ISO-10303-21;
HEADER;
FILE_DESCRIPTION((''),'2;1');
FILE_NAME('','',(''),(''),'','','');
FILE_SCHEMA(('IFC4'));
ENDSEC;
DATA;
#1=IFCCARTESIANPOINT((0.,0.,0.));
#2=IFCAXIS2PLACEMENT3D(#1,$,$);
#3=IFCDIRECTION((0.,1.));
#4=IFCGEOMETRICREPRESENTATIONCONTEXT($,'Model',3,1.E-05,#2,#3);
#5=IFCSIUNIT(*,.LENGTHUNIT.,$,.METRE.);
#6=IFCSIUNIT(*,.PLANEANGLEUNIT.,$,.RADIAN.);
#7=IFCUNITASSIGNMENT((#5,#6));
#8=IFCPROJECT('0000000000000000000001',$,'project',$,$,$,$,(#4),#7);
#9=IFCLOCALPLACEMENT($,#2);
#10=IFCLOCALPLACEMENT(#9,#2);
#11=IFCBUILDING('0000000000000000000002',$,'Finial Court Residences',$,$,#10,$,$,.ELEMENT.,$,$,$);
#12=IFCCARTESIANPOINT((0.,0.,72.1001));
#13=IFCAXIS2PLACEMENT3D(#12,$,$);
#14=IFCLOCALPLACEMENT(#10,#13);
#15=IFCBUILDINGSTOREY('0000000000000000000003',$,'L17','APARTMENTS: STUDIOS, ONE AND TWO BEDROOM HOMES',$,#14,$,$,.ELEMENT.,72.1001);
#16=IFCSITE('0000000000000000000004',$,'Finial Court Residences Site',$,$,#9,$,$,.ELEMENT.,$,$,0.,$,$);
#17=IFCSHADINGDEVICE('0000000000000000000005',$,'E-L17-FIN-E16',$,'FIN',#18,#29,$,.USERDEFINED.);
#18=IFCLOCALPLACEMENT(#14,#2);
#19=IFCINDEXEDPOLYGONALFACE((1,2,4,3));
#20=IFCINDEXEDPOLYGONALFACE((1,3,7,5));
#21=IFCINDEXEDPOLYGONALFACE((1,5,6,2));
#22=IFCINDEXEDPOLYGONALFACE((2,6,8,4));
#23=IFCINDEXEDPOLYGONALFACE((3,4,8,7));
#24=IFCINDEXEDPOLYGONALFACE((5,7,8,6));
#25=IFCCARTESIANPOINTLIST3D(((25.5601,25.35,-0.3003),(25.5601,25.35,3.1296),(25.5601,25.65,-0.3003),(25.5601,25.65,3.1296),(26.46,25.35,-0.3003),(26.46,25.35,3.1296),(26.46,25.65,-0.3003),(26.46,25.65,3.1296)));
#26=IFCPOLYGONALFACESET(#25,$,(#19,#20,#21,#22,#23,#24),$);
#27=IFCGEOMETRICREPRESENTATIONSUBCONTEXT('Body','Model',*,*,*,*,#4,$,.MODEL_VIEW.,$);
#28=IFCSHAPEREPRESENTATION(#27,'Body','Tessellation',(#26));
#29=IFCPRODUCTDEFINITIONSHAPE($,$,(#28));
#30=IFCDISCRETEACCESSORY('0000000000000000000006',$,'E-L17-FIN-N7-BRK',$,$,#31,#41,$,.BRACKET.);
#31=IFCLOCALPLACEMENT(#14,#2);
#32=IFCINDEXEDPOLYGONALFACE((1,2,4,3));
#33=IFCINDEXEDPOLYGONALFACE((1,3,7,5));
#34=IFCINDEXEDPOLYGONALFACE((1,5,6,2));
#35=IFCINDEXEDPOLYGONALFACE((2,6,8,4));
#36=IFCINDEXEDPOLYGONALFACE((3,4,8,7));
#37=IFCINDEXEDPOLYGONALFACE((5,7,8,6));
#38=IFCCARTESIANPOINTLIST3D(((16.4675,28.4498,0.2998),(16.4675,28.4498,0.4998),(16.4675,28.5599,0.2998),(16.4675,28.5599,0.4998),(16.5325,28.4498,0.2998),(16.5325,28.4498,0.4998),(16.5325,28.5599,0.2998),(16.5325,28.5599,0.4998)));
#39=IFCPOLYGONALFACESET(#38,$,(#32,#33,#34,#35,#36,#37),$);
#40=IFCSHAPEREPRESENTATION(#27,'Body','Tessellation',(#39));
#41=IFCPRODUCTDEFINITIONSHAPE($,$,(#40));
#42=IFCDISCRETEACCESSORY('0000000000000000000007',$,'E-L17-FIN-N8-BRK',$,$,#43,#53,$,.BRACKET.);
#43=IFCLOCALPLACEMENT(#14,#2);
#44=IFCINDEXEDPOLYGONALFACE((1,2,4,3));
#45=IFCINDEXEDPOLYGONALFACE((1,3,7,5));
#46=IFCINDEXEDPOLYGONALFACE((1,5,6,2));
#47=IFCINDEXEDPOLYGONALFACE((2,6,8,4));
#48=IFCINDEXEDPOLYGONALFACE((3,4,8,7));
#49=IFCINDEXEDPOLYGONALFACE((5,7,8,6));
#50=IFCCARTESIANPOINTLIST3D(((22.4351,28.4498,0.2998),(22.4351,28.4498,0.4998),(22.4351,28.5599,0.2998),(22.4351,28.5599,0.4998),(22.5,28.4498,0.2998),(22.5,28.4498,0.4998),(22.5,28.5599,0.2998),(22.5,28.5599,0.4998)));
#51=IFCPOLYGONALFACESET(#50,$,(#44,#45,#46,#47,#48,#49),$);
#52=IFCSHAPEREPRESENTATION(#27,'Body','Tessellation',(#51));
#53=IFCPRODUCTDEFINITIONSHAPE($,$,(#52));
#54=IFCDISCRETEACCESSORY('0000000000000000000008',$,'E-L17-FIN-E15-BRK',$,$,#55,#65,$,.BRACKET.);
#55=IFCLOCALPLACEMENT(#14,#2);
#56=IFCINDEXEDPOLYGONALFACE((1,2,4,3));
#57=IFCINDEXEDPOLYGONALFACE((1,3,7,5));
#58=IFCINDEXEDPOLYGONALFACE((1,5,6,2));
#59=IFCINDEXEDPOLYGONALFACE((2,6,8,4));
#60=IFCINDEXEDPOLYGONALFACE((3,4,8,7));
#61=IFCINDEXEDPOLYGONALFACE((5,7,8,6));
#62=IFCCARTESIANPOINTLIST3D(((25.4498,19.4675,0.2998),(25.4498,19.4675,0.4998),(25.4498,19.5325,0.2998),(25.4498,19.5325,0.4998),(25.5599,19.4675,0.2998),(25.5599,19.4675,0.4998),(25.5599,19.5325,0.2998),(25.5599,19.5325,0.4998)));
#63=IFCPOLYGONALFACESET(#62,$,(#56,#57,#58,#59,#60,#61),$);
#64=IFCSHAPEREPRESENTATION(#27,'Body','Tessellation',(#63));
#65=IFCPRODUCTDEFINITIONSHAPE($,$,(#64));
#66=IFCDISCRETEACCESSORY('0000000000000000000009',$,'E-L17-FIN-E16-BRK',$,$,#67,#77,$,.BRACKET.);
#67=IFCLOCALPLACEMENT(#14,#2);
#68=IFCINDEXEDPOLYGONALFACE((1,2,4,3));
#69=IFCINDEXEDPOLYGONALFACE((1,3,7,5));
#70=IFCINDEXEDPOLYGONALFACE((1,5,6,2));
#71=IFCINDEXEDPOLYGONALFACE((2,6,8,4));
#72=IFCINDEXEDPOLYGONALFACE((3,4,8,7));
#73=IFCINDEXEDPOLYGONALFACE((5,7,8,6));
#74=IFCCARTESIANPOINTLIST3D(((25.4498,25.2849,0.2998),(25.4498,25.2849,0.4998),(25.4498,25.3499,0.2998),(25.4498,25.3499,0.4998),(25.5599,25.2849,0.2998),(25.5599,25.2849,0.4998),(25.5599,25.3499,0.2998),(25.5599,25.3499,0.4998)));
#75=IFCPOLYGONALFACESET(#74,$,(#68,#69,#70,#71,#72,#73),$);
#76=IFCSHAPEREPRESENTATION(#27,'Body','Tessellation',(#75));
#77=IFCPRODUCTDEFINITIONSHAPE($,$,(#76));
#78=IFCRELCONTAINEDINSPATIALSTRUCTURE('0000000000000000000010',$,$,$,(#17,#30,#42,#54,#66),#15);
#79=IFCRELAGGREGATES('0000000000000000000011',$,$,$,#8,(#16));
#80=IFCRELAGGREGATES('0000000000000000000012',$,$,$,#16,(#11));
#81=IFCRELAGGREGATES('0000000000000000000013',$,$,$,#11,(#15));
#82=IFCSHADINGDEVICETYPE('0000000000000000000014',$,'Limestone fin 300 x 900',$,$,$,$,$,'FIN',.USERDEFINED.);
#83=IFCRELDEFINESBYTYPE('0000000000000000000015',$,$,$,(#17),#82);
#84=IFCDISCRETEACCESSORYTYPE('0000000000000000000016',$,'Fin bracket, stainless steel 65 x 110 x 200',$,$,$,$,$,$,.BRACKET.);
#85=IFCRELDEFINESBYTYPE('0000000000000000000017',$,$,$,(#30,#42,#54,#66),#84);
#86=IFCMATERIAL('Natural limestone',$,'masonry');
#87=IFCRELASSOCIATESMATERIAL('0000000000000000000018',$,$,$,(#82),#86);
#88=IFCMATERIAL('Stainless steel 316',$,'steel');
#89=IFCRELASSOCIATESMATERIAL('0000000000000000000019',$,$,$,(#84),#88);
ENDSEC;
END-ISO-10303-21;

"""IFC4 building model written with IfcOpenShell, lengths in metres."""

from ifc_helpers import new_model, si_unit, direction, frame, origin, origin_2d, place, context, subcontext, project, spatial, rectangle, extrude, material, type_object, element, save


model = new_model("IFC4")

# Units and contexts
model_context = context("Model", 3, precision=1e-05, world=origin(), true_north=direction((0.0, 1.0)))
body_context = subcontext(model_context, "Body", "Model", "MODEL_VIEW")
ifc_project = project(units=[si_unit("LENGTHUNIT", "METRE"), si_unit("PLANEANGLEUNIT", "RADIAN")], contexts=[model_context])

# Site, building, storey
site_placement = place(None, origin())
site = spatial("IfcSite", under=ifc_project, at=site_placement, Name="Finial Court Residences Site", CompositionType="ELEMENT", RefElevation=0.0)
building_placement = place(site_placement, origin())
building = spatial("IfcBuilding", under=site, at=building_placement, Name="Finial Court Residences", CompositionType="ELEMENT")
storey_placement = place(building_placement, frame((0.0, 0.0, 72.1001)))
storey = spatial("IfcBuildingStorey", under=building, at=storey_placement, Name="L17", Description="APARTMENTS: STUDIOS, ONE AND TWO BEDROOM HOMES", CompositionType="ELEMENT", Elevation=72.1001)

# Shared definitions
ifc_material_1 = material(Name="Natural limestone", Category="masonry")

# Shading device
shading_device_type = type_object("IfcShadingDeviceType", Name="Limestone fin 300 x 900", ElementType="FIN", PredefinedType="USERDEFINED", material=ifc_material_1)
for number, where, z_axis, x_axis, name in (
    (1, (26.01, 25.5, -0.3003), (0.0, 0.0, 1.0), (1.0, 0.0, 0.0), "E-L17-FIN-E16"),
):
    element("IfcShadingDevice", number, at=place(storey_placement, frame(where, z_axis=z_axis, x_axis=x_axis)), inside=storey, type_object=shading_device_type, Name=name, ObjectType="FIN", PredefinedType="USERDEFINED", context=body_context, shape_type="SweptSolid", body=[
        extrude(rectangle(XDim=0.8999, YDim=0.3, at=origin_2d()), origin(), (0.0, 0.0, 1.0), 3.4299),
    ])

# Discrete accessories
ifc_material_2 = material(Name="Stainless steel 316", Category="steel")
discrete_accessory_type = type_object("IfcDiscreteAccessoryType", Name="Fin bracket, stainless steel 65 x 110 x 200", PredefinedType="BRACKET", material=ifc_material_2)
for number, where, z_axis, x_axis, name in (
    (2, (16.5, 28.5049, 0.2998), (0.0, 0.0, 1.0), (1.0, 0.0, 0.0), "E-L17-FIN-N7-BRK"),
    (3, (22.4675, 28.5049, 0.2998), (0.0, 0.0, 1.0), (1.0, 0.0, 0.0), "E-L17-FIN-N8-BRK"),
):
    element("IfcDiscreteAccessory", number, at=place(storey_placement, frame(where, z_axis=z_axis, x_axis=x_axis)), inside=storey, type_object=discrete_accessory_type, Name=name, PredefinedType="BRACKET", context=body_context, shape_type="SweptSolid", body=[
        extrude(rectangle(XDim=0.0649, YDim=0.1101, at=origin_2d()), origin(), (0.0, 0.0, 1.0), 0.2),
    ])
for number, where, z_axis, x_axis, name in (
    (4, (25.5049, 19.5, 0.2998), (0.0, 0.0, 1.0), (1.0, 0.0, 0.0), "E-L17-FIN-E15-BRK"),
    (5, (25.5049, 25.3174, 0.2998), (0.0, 0.0, 1.0), (1.0, 0.0, 0.0), "E-L17-FIN-E16-BRK"),
):
    element("IfcDiscreteAccessory", number, at=place(storey_placement, frame(where, z_axis=z_axis, x_axis=x_axis)), inside=storey, type_object=discrete_accessory_type, Name=name, PredefinedType="BRACKET", context=body_context, shape_type="SweptSolid", body=[
        extrude(rectangle(XDim=0.1101, YDim=0.0649, at=origin_2d()), origin(), (0.0, 0.0, 1.0), 0.2),
    ])

save(model, "model.ifc")
